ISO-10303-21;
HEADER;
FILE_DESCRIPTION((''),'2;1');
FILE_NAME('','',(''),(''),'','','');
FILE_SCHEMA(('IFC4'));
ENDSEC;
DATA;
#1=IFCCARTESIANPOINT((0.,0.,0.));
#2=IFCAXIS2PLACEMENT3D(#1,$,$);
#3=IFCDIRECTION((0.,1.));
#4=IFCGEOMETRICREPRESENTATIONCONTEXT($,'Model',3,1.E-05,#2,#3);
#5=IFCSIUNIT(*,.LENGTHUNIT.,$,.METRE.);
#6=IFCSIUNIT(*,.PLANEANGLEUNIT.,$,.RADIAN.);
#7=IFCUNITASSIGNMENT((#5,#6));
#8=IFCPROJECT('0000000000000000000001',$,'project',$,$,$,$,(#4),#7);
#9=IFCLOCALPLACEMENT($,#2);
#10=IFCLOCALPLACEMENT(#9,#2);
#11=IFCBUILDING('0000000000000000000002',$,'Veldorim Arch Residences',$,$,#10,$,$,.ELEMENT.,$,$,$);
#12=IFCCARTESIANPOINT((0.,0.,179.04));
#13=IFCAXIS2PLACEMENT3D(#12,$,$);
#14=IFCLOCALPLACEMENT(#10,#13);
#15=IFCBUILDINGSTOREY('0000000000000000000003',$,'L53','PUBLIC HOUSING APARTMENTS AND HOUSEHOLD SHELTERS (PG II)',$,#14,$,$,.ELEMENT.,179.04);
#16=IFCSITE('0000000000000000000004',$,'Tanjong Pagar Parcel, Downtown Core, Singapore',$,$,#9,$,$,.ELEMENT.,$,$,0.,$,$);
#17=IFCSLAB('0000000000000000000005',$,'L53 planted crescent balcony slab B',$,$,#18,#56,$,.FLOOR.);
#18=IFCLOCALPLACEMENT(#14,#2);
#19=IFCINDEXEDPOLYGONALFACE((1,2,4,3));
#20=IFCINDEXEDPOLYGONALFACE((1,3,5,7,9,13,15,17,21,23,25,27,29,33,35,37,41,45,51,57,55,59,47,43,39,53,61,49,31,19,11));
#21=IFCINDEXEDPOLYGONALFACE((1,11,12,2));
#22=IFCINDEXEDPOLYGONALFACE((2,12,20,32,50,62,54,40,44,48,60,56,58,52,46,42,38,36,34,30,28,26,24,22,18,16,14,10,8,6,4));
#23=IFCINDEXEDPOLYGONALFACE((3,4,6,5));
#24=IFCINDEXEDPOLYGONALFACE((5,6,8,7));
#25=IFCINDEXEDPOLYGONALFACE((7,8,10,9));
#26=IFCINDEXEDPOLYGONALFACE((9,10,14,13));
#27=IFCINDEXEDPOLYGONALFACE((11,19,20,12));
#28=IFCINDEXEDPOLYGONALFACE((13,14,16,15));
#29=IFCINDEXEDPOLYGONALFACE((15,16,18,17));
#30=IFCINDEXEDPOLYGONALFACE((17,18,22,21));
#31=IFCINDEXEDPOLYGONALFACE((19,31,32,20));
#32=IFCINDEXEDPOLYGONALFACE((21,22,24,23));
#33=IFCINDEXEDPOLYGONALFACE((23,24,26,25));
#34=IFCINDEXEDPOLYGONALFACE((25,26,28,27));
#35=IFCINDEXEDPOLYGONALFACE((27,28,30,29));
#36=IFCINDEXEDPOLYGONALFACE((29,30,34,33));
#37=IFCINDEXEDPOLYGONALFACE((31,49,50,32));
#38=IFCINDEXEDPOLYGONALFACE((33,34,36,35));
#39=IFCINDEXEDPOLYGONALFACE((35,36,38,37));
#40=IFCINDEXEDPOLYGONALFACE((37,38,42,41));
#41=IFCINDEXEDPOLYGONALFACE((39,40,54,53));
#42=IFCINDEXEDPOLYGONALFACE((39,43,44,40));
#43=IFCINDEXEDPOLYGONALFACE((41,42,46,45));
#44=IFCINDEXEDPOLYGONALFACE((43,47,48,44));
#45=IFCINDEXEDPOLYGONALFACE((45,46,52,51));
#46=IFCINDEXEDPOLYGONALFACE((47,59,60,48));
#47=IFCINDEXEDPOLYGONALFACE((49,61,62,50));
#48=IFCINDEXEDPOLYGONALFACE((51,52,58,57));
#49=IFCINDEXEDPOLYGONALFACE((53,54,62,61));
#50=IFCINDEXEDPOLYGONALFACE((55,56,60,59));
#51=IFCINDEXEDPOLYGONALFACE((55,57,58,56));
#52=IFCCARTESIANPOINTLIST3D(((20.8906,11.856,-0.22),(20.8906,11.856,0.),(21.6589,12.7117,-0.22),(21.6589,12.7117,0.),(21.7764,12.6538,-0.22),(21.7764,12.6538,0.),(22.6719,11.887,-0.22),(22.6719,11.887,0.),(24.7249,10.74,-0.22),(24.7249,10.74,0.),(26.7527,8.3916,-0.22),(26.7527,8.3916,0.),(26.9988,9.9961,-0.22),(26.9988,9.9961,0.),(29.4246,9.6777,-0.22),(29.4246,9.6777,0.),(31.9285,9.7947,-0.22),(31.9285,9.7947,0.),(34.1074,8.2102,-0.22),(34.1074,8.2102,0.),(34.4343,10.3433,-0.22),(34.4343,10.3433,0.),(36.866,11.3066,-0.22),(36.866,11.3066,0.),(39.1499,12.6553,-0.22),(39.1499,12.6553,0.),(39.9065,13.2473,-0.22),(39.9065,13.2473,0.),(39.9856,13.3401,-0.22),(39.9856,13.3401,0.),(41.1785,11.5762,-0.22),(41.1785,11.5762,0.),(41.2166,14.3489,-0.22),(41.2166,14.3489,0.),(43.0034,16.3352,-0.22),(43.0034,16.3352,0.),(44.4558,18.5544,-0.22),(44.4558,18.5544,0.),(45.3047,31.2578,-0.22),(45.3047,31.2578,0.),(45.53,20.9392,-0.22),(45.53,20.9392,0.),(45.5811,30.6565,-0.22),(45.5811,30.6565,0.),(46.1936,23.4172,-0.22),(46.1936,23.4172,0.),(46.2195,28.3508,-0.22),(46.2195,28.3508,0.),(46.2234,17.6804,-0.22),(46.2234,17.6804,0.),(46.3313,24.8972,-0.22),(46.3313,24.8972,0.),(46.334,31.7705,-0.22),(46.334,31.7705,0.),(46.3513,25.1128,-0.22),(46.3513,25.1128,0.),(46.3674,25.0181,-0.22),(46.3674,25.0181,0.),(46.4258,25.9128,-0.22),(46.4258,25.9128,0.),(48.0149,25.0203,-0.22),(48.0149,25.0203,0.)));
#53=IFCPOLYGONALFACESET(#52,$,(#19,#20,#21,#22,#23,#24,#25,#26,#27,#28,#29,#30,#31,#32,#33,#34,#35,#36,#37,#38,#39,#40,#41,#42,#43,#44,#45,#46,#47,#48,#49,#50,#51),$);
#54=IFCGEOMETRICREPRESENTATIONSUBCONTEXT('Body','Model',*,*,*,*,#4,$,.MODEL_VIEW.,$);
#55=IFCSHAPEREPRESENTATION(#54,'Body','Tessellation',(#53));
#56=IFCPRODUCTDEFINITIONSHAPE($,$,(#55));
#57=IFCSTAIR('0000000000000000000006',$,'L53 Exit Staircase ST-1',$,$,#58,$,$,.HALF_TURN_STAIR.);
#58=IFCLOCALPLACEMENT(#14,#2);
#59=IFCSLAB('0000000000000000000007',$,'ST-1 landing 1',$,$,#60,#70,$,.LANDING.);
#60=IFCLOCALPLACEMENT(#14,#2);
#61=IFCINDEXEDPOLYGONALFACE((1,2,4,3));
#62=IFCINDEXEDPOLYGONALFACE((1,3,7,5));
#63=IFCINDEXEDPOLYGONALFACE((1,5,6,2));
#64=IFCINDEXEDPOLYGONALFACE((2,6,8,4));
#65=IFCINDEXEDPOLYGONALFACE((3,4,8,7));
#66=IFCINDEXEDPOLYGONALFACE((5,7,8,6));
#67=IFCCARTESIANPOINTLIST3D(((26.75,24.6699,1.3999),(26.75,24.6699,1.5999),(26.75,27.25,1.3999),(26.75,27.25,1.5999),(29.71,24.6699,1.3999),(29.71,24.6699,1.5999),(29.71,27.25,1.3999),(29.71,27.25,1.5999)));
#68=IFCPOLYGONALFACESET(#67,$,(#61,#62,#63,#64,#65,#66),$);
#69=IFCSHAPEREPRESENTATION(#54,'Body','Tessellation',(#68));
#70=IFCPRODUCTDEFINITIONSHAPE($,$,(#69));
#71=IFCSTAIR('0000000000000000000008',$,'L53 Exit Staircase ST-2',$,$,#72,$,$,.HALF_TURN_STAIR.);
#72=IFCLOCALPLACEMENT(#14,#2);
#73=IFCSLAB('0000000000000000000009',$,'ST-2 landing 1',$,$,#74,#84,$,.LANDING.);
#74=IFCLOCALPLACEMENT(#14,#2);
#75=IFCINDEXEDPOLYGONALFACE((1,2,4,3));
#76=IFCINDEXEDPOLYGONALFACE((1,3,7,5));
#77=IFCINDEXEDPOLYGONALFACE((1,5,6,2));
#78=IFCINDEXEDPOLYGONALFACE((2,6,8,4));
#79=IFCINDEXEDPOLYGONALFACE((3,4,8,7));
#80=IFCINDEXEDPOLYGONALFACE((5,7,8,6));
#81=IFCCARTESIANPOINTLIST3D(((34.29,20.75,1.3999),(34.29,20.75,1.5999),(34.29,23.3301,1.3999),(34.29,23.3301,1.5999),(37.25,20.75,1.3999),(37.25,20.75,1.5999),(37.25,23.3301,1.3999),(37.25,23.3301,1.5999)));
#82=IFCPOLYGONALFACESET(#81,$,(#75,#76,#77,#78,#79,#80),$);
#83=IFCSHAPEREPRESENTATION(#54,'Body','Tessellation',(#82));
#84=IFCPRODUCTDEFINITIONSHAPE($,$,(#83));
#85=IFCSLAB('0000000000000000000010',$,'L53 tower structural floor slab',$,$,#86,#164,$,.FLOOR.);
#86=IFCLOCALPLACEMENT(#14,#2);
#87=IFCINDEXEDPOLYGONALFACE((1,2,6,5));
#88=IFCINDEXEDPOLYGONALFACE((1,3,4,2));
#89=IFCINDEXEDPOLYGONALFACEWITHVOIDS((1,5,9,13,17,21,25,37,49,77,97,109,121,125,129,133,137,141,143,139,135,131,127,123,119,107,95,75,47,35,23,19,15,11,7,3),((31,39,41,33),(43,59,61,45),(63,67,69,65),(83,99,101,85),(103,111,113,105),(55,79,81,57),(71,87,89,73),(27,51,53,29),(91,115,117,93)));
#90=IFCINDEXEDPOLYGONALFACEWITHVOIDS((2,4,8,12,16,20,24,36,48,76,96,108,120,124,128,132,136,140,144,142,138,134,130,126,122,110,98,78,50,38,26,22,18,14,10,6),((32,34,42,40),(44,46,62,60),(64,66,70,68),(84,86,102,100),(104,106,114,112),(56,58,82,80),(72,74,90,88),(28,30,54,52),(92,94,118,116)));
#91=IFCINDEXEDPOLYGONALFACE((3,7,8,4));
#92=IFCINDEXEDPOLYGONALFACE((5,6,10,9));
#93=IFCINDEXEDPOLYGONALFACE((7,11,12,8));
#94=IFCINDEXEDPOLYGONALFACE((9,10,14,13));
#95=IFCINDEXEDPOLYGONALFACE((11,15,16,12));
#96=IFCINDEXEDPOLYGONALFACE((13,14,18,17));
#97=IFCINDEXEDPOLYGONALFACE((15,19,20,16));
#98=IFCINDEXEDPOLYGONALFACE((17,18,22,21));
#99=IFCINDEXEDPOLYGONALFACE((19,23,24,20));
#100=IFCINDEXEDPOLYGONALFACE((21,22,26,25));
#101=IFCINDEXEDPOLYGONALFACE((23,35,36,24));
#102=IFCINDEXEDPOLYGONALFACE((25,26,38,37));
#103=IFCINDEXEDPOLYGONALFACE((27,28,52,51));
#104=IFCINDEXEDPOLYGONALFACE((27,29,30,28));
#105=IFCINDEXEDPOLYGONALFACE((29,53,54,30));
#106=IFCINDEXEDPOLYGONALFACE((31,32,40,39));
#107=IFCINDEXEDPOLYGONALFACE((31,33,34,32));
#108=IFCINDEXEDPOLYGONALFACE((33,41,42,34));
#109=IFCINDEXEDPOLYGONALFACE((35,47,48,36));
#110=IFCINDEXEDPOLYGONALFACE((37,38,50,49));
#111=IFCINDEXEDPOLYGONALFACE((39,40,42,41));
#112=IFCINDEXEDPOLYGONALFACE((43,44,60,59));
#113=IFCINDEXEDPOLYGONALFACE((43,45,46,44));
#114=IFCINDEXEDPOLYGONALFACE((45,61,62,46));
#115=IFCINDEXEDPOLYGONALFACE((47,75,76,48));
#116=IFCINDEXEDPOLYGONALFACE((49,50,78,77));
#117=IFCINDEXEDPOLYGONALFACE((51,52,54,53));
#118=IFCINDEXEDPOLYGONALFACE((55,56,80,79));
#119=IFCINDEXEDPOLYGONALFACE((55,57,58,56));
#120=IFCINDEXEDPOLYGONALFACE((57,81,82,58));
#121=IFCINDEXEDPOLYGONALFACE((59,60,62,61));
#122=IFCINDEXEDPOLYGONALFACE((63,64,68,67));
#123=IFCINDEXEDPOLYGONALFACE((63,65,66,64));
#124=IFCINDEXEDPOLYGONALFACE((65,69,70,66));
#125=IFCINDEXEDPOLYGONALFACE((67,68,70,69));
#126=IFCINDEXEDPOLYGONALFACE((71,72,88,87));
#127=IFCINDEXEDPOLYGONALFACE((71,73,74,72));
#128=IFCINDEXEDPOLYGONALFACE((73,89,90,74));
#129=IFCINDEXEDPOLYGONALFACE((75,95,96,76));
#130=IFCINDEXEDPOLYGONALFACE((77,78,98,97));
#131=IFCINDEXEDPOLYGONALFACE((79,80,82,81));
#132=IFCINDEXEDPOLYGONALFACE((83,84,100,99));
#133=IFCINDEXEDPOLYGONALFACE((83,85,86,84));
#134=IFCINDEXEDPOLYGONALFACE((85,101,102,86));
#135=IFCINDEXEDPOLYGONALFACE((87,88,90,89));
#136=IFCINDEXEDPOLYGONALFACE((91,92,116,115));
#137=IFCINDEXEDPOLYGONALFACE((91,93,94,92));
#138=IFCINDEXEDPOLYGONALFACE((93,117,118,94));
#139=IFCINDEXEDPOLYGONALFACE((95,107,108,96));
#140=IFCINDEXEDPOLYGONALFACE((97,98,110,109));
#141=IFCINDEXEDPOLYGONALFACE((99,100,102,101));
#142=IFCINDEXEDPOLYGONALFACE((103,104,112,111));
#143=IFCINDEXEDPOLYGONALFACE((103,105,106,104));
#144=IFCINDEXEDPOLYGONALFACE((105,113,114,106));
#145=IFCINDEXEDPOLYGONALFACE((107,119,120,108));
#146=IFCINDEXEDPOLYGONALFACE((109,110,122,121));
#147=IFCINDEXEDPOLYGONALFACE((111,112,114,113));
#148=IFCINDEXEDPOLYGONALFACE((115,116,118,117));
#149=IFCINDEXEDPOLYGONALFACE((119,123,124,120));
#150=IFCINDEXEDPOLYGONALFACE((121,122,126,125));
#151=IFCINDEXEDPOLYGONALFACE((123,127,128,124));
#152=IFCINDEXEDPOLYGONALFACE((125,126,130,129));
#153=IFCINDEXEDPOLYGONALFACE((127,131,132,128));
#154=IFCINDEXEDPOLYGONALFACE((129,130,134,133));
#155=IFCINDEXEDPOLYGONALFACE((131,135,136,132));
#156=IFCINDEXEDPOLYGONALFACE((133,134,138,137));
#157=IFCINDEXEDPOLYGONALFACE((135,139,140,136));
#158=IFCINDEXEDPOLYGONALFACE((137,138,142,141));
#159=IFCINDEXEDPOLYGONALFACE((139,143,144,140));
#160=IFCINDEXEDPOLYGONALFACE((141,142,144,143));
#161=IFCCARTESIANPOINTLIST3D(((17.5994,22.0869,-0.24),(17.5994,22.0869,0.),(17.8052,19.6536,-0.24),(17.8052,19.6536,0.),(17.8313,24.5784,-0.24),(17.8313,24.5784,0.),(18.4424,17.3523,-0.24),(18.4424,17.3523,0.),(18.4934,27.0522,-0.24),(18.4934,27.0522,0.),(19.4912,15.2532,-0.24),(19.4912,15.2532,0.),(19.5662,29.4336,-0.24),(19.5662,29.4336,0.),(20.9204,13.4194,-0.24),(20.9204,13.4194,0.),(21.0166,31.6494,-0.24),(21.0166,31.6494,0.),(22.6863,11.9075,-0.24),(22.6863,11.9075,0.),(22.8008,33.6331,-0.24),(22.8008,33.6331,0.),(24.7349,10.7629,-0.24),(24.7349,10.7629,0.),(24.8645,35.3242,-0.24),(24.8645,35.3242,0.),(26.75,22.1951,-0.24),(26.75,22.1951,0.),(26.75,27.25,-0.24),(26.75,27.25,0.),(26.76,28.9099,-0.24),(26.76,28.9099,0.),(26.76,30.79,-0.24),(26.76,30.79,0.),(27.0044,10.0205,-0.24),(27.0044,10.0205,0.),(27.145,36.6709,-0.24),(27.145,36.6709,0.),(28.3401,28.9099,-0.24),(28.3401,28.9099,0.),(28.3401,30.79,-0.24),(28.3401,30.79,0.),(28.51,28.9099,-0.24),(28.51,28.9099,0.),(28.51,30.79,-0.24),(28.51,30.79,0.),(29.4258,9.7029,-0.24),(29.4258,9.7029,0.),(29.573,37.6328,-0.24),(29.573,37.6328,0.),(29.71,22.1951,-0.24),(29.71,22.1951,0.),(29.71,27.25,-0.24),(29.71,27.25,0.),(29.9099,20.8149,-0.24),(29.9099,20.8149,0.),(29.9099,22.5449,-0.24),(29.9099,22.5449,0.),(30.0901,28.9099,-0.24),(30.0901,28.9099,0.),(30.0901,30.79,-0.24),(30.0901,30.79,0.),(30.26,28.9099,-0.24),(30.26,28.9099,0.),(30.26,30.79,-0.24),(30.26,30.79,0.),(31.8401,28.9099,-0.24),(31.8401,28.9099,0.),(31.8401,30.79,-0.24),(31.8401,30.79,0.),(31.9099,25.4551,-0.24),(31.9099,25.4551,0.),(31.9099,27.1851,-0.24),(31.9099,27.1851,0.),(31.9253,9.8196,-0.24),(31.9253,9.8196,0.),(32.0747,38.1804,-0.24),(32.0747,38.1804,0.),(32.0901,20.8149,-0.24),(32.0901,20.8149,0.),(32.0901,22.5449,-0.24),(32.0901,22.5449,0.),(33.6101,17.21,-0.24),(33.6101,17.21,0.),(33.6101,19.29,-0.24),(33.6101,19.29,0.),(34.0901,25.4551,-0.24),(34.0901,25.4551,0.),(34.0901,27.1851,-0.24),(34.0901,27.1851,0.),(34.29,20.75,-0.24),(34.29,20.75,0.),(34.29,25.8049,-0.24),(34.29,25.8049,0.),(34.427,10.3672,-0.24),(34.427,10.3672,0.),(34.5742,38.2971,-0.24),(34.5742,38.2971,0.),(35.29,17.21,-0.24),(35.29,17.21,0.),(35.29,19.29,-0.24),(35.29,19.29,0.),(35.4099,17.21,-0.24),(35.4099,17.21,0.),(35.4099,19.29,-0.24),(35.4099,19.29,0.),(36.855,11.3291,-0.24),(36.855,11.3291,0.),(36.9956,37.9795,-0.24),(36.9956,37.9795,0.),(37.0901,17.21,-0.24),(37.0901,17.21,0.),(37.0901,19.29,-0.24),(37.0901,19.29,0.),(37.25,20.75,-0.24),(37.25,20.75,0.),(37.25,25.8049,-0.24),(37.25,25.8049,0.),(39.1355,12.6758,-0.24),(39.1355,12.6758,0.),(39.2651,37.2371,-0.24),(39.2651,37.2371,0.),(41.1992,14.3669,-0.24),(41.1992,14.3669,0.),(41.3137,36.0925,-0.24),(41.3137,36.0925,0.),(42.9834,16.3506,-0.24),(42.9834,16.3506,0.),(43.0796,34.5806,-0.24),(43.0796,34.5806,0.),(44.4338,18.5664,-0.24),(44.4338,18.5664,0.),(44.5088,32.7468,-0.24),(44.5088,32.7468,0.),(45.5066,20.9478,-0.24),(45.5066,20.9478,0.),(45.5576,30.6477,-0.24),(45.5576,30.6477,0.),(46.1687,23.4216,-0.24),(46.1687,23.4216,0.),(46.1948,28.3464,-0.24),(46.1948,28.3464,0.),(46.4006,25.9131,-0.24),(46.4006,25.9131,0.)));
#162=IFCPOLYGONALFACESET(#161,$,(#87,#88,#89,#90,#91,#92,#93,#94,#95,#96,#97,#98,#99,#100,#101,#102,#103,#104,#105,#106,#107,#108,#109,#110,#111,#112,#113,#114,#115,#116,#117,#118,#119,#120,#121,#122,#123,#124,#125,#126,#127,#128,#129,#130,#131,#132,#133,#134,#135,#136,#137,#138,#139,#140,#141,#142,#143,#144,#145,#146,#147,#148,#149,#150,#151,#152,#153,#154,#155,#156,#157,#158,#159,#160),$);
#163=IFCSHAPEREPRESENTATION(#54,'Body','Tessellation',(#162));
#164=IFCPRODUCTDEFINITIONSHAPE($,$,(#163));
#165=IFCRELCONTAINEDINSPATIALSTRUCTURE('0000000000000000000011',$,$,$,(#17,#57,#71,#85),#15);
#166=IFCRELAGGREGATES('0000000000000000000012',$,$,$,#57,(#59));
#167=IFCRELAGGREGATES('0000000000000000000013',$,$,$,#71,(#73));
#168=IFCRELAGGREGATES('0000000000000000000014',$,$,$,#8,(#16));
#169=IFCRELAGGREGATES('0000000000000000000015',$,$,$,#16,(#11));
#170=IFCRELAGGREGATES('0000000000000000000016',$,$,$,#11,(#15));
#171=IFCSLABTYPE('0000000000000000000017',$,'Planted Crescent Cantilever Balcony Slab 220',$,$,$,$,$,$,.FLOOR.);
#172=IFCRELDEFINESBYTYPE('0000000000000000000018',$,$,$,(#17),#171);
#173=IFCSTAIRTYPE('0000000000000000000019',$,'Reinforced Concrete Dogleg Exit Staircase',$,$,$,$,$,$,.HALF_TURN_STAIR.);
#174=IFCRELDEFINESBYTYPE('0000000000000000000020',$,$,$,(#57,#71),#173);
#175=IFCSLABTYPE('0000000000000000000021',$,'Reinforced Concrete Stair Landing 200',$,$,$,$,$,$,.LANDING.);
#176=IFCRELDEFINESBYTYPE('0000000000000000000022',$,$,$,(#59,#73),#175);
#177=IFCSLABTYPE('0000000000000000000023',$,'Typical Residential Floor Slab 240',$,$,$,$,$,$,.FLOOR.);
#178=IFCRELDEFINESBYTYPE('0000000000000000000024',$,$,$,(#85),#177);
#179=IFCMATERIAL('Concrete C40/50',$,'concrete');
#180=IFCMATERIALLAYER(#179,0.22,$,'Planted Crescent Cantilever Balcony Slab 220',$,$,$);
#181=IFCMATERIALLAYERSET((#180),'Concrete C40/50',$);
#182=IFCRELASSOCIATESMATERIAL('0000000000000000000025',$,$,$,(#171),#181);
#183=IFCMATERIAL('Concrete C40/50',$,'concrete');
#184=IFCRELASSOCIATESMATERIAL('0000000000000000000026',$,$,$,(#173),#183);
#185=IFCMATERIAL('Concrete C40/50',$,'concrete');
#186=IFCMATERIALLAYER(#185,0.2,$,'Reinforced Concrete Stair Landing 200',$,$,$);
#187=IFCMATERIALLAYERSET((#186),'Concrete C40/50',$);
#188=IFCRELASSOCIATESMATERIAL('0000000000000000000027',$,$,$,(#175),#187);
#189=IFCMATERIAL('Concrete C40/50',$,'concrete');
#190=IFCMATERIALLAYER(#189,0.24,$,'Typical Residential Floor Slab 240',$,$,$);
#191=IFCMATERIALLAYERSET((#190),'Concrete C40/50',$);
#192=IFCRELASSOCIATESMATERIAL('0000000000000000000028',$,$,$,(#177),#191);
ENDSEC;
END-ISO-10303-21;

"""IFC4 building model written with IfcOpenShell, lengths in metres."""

from ifc_helpers import new_model, si_unit, direction, frame, origin, place, context, subcontext, project, spatial, polyline, outline, extrude, material, layer, layer_set, type_object, element, aggregate, save


model = new_model("IFC4")

# Units and contexts
model_context = context("Model", 3, precision=1e-05, world=origin(), true_north=direction((0.0, 1.0)))
body_context = subcontext(model_context, "Body", "Model", "MODEL_VIEW")
ifc_project = project(units=[si_unit("LENGTHUNIT", "METRE"), si_unit("PLANEANGLEUNIT", "RADIAN")], contexts=[model_context])

# Site, building, storey
site_placement = place(None, origin())
site = spatial("IfcSite", under=ifc_project, at=site_placement, Name="Tanjong Pagar Parcel, Downtown Core, Singapore", CompositionType="ELEMENT", RefElevation=0.0)
building_placement = place(site_placement, origin())
building = spatial("IfcBuilding", under=site, at=building_placement, Name="Veldorim Arch Residences", CompositionType="ELEMENT")
storey_placement = place(building_placement, frame((0.0, 0.0, 179.04)))
storey = spatial("IfcBuildingStorey", under=building, at=storey_placement, Name="L53", Description="PUBLIC HOUSING APARTMENTS AND HOUSEHOLD SHELTERS (PG II)", CompositionType="ELEMENT", Elevation=179.04)

# Slab
ifc_material_1 = material(Name="Concrete C40/50", Category="concrete")
ifc_layer_1 = layer(ifc_material_1, 0.22, Name="Planted Crescent Cantilever Balcony Slab 220")
ifc_layer_set_1 = layer_set([ifc_layer_1], Name="Concrete C40/50")
slab_type_1 = type_object("IfcSlabType", Name="Planted Crescent Cantilever Balcony Slab 220", PredefinedType="FLOOR", material=ifc_layer_set_1)
slab_1_placement = place(storey_placement, frame((0.0, 0.0, -0.22)))
element("IfcSlab", 1, at=slab_1_placement, inside=storey, type_object=slab_type_1, Name="L53 planted crescent balcony slab B", PredefinedType="FLOOR", context=body_context, shape_type="SweptSolid", body=[
    extrude(outline(polyline([(21.7764, 12.6538), (22.6719, 11.887), (24.7249, 10.74), (26.9988, 9.9961), (29.4246, 9.6777), (31.9285, 9.7947), (34.4343, 10.3433), (36.866, 11.3066), (39.1499, 12.6553), (39.9065, 13.2473), (39.9856, 13.3401), (41.2166, 14.3489), (43.0034, 16.3352), (44.4558, 18.5544), (45.53, 20.9392), (46.1936, 23.4172), (46.3313, 24.8972), (46.3674, 25.0181), (46.3513, 25.1128), (46.4258, 25.9128), (46.2195, 28.3508), (45.5811, 30.6565), (45.3047, 31.2578), (46.334, 31.7705), (48.0149, 25.0203), (46.2234, 17.6804), (41.1785, 11.5762), (34.1074, 8.2102), (26.7527, 8.3916), (20.8906, 11.856), (21.6589, 12.7117), (21.7764, 12.6538)])), origin(), (0.0, 0.0, 1.0), 0.22),
])

# Stairs, slabs
ifc_material_2 = material(Name="Concrete C40/50", Category="concrete")
stair_type = type_object("IfcStairType", Name="Reinforced Concrete Dogleg Exit Staircase", PredefinedType="HALF_TURN_STAIR", material=ifc_material_2)
stair_1_placement = place(storey_placement, origin())
stair_1 = element("IfcStair", 2, at=stair_1_placement, inside=storey, type_object=stair_type, Name="L53 Exit Staircase ST-1", PredefinedType="HALF_TURN_STAIR")
ifc_material_3 = material(Name="Concrete C40/50", Category="concrete")
ifc_layer_2 = layer(ifc_material_3, 0.2, Name="Reinforced Concrete Stair Landing 200")
ifc_layer_set_2 = layer_set([ifc_layer_2], Name="Concrete C40/50")
slab_type_2 = type_object("IfcSlabType", Name="Reinforced Concrete Stair Landing 200", PredefinedType="LANDING", material=ifc_layer_set_2)
slab_2_placement = place(storey_placement, frame((0.0, 0.0, 1.3999)))
slab_2 = element("IfcSlab", 3, at=slab_2_placement, type_object=slab_type_2, Name="ST-1 landing 1", PredefinedType="LANDING", context=body_context, shape_type="SweptSolid", body=[
    extrude(outline(polyline([(29.71, 24.6699), (29.71, 27.25), (26.75, 27.25), (26.75, 24.6699), (29.71, 24.6699)])), origin(), (0.0, 0.0, 1.0), 0.2),
])
aggregate(stair_1, [slab_2])
stair_2_placement = place(storey_placement, origin())
stair_2 = element("IfcStair", 4, at=stair_2_placement, inside=storey, type_object=stair_type, Name="L53 Exit Staircase ST-2", PredefinedType="HALF_TURN_STAIR")
slab_3_placement = place(storey_placement, frame((0.0, 0.0, 1.3999)))
slab_3 = element("IfcSlab", 5, at=slab_3_placement, type_object=slab_type_2, Name="ST-2 landing 1", PredefinedType="LANDING", context=body_context, shape_type="SweptSolid", body=[
    extrude(outline(polyline([(34.29, 23.3301), (34.29, 20.75), (37.25, 20.75), (37.25, 23.3301), (34.29, 23.3301)])), origin(), (0.0, 0.0, 1.0), 0.2),
])
aggregate(stair_2, [slab_3])

# Slab
ifc_material_4 = material(Name="Concrete C40/50", Category="concrete")
ifc_layer_3 = layer(ifc_material_4, 0.24, Name="Typical Residential Floor Slab 240")
ifc_layer_set_3 = layer_set([ifc_layer_3], Name="Concrete C40/50")
slab_type_3 = type_object("IfcSlabType", Name="Typical Residential Floor Slab 240", PredefinedType="FLOOR", material=ifc_layer_set_3)
slab_4_placement = place(storey_placement, frame((0.0, 0.0, -0.24)))
element("IfcSlab", 6, at=slab_4_placement, inside=storey, type_object=slab_type_3, Name="L53 tower structural floor slab", PredefinedType="FLOOR", context=body_context, shape_type="SweptSolid", body=[
    extrude(outline(polyline([(43.0796, 34.5806), (41.3137, 36.0925), (39.2651, 37.2371), (36.9956, 37.9795), (34.5742, 38.2971), (32.0747, 38.1804), (29.573, 37.6328), (27.145, 36.6709), (24.8645, 35.3242), (22.8008, 33.6331), (21.0166, 31.6494), (19.5662, 29.4336), (18.4934, 27.0522), (17.8313, 24.5784), (17.5994, 22.0869), (17.8052, 19.6536), (18.4424, 17.3523), (19.4912, 15.2532), (20.9204, 13.4194), (22.6863, 11.9075), (24.7349, 10.7629), (27.0044, 10.0205), (29.4258, 9.7029), (31.9253, 9.8196), (34.427, 10.3672), (36.855, 11.3291), (39.1355, 12.6758), (41.1992, 14.3669), (42.9834, 16.3506), (44.4338, 18.5664), (45.5066, 20.9478), (46.1687, 23.4216), (46.4006, 25.9131), (46.1948, 28.3464), (45.5576, 30.6477), (44.5088, 32.7468), (43.0796, 34.5806)]), holes=[polyline([(33.6101, 17.21), (33.6101, 19.29), (35.29, 19.29), (35.29, 17.21), (33.6101, 17.21)]), polyline([(35.4099, 17.21), (35.4099, 19.29), (37.0901, 19.29), (37.0901, 17.21), (35.4099, 17.21)]), polyline([(29.9099, 20.8149), (29.9099, 22.5449), (32.0901, 22.5449), (32.0901, 20.8149), (29.9099, 20.8149)]), polyline([(34.29, 20.75), (34.29, 25.8049), (37.25, 25.8049), (37.25, 20.75), (34.29, 20.75)]), polyline([(26.75, 22.1951), (26.75, 27.25), (29.71, 27.25), (29.71, 22.1951), (26.75, 22.1951)]), polyline([(31.9099, 25.4551), (31.9099, 27.1851), (34.0901, 27.1851), (34.0901, 25.4551), (31.9099, 25.4551)]), polyline([(26.76, 28.9099), (26.76, 30.79), (28.3401, 30.79), (28.3401, 28.9099), (26.76, 28.9099)]), polyline([(28.51, 30.79), (30.0901, 30.79), (30.0901, 28.9099), (28.51, 28.9099), (28.51, 30.79)]), polyline([(30.26, 30.79), (31.8401, 30.79), (31.8401, 28.9099), (30.26, 28.9099), (30.26, 30.79)])]), origin(), (0.0, 0.0, 1.0), 0.24),
])

save(model, "model.ifc")
